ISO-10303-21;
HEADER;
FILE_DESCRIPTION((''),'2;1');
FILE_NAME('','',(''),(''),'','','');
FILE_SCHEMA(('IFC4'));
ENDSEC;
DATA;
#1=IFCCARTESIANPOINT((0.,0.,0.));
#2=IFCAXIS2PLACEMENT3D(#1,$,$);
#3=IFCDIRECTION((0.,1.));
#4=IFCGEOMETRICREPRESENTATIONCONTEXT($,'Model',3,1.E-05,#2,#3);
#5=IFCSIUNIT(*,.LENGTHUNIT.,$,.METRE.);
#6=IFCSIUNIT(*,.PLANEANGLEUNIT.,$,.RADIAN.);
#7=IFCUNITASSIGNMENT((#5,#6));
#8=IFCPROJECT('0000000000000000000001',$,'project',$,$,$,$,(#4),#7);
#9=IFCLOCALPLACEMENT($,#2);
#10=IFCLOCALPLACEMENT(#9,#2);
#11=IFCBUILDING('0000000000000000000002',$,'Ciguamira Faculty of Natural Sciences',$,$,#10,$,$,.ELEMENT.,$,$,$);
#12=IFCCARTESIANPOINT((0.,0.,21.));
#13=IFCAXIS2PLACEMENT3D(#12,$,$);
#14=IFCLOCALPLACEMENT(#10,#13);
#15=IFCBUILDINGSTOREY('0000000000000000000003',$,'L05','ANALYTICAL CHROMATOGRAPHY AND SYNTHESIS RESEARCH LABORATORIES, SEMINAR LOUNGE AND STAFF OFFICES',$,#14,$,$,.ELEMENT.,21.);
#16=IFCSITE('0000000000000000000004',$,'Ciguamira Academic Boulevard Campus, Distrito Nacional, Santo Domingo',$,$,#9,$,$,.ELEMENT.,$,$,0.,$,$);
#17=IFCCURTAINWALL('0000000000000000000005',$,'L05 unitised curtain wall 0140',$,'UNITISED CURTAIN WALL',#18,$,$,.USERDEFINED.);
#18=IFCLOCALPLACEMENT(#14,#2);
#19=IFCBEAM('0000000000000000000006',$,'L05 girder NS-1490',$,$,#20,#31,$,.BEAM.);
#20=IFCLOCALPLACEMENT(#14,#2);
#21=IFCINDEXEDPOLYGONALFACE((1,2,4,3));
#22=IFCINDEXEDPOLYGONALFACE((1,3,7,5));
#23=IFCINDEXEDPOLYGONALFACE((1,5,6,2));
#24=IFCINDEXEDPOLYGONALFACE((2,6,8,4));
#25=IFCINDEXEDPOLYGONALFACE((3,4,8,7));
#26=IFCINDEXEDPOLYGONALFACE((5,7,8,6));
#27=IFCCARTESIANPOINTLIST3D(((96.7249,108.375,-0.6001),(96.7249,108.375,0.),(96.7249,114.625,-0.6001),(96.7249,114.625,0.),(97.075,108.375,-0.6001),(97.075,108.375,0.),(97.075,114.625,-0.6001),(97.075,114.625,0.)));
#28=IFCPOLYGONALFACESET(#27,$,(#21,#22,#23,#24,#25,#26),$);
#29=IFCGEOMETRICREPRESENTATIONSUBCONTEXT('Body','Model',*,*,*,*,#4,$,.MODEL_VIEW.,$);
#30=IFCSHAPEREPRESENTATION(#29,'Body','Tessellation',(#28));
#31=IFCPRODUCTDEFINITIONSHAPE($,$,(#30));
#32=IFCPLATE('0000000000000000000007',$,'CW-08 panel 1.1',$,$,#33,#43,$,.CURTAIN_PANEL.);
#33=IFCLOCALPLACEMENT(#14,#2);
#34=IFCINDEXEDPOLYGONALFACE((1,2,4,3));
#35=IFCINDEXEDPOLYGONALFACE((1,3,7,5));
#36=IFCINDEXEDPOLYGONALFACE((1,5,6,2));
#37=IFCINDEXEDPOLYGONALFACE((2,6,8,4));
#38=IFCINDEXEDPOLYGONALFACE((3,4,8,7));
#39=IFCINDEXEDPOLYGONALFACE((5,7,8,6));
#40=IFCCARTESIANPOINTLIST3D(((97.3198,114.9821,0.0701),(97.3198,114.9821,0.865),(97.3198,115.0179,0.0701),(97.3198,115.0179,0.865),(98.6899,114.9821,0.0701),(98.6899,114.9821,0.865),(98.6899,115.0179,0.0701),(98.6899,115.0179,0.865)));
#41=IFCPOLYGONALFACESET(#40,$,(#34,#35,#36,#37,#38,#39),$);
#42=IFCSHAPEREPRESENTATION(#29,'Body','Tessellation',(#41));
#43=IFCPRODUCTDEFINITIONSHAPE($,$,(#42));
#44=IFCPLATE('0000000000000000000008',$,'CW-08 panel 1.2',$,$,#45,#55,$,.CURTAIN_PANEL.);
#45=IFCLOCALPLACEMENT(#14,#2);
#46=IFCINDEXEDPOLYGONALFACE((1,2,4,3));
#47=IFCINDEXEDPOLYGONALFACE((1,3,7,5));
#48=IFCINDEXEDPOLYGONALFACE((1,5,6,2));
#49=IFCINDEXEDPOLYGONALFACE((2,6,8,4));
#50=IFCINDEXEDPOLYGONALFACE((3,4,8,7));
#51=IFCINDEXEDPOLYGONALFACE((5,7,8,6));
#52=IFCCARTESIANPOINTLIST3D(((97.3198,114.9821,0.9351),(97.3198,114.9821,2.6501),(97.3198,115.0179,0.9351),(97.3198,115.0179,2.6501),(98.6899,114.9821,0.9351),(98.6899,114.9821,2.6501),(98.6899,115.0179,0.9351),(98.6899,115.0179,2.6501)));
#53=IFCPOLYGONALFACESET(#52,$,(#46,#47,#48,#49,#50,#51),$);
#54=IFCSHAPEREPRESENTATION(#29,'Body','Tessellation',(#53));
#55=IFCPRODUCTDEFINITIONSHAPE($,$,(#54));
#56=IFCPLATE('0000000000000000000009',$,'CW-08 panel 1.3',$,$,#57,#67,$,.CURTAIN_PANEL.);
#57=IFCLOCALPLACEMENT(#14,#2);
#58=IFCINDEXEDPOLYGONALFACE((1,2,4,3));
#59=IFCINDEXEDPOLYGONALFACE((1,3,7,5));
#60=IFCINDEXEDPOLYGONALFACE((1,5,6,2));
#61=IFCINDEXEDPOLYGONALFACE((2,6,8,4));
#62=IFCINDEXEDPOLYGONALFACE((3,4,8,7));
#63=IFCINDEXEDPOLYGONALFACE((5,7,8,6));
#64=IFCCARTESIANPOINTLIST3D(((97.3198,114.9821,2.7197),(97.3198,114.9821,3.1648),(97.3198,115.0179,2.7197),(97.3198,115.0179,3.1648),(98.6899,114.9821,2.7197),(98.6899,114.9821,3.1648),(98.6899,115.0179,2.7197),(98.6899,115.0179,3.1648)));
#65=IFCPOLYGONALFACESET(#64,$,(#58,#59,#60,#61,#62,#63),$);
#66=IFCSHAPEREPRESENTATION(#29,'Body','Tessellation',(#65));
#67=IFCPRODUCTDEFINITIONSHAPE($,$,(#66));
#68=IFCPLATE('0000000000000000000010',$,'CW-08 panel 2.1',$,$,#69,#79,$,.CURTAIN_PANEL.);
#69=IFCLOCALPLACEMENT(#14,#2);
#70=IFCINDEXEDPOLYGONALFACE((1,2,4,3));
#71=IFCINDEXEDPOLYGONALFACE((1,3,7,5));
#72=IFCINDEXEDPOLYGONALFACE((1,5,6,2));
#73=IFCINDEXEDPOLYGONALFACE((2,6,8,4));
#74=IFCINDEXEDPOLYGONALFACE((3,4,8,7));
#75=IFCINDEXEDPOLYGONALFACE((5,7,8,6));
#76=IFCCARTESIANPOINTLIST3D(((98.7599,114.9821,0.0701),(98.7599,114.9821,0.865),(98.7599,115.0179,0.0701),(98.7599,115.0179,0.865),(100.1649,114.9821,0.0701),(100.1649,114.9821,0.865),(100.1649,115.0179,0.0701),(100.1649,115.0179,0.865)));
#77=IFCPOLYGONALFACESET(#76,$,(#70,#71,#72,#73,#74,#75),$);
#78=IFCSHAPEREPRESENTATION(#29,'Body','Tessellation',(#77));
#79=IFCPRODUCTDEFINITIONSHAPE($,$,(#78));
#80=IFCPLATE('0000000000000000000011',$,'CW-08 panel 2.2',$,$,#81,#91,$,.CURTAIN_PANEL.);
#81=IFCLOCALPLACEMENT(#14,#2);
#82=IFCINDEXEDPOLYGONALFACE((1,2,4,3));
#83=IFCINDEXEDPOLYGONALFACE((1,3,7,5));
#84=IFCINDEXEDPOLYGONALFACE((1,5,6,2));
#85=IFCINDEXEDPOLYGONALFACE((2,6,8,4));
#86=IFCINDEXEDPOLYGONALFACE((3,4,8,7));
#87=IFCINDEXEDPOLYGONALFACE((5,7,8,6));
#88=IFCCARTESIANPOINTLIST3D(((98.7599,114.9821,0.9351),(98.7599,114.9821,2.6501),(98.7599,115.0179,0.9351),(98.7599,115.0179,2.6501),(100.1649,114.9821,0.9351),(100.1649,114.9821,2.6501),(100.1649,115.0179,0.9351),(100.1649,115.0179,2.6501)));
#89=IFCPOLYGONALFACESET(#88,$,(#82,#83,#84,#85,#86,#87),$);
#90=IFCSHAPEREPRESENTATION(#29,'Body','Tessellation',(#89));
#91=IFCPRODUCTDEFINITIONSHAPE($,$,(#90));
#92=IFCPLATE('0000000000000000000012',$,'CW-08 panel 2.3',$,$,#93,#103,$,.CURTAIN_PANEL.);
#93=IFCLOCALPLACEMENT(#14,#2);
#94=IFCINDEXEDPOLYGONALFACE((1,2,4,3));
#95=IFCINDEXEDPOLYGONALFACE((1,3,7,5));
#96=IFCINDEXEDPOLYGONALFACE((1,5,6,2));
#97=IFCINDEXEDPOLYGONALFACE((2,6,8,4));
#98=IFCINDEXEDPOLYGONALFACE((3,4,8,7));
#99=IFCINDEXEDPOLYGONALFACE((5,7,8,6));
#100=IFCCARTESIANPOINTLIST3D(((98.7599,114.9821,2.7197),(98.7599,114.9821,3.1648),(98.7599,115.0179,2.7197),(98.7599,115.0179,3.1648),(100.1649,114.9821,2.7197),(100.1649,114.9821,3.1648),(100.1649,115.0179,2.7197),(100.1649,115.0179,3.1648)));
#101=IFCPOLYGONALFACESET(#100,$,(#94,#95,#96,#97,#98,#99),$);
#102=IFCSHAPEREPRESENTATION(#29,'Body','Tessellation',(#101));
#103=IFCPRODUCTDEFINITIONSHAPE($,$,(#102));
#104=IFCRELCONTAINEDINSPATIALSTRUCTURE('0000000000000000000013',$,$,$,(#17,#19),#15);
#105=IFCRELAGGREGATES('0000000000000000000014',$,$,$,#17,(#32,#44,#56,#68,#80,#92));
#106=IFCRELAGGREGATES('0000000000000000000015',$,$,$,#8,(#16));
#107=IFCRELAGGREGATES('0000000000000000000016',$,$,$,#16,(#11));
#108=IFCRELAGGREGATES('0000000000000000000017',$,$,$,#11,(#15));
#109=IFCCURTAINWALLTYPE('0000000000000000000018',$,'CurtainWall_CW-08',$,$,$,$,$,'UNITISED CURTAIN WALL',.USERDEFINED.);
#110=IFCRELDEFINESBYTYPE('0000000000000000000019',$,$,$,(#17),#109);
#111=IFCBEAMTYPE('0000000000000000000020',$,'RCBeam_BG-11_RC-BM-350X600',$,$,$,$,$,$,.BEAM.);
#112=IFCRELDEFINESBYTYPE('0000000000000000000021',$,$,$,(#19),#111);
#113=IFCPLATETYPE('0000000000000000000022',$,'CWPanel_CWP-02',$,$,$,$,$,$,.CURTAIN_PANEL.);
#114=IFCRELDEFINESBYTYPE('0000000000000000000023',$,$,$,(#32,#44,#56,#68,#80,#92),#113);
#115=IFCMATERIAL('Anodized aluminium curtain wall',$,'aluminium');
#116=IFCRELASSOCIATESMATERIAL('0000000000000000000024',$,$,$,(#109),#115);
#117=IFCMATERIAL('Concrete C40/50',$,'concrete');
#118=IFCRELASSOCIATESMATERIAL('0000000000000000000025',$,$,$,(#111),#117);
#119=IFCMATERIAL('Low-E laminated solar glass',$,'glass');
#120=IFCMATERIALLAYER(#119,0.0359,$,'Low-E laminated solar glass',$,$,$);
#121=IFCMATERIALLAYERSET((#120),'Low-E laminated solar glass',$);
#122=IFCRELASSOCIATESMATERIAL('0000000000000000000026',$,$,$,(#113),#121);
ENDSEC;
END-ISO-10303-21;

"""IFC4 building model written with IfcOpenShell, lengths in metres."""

from ifc_helpers import new_model, si_unit, direction, frame, origin, origin_2d, place, context, subcontext, project, spatial, rectangle, extrude, material, layer, layer_set, material_profile, profile_set, type_object, element, aggregate, save


model = new_model("IFC4")

# Units and contexts
model_context = context("Model", 3, precision=1e-05, world=origin(), true_north=direction((0.0, 1.0)))
body_context = subcontext(model_context, "Body", "Model", "MODEL_VIEW")
ifc_project = project(units=[si_unit("LENGTHUNIT", "METRE"), si_unit("PLANEANGLEUNIT", "RADIAN")], contexts=[model_context])

# Site, building, storey
site_placement = place(None, origin())
site = spatial("IfcSite", under=ifc_project, at=site_placement, Name="Ciguamira Academic Boulevard Campus, Distrito Nacional, Santo Domingo", CompositionType="ELEMENT", RefElevation=0.0)
building_placement = place(site_placement, origin())
building = spatial("IfcBuilding", under=site, at=building_placement, Name="Ciguamira Faculty of Natural Sciences", CompositionType="ELEMENT")
storey_placement = place(building_placement, frame((0.0, 0.0, 21.0)))
storey = spatial("IfcBuildingStorey", under=building, at=storey_placement, Name="L05", Description="ANALYTICAL CHROMATOGRAPHY AND SYNTHESIS RESEARCH LABORATORIES, SEMINAR LOUNGE AND STAFF OFFICES", CompositionType="ELEMENT", Elevation=21.0)

# Shared definitions
ifc_material_1 = material(Name="Concrete C40/50", Category="concrete")

# Curtain wall
ifc_material_2 = material(Name="Anodized aluminium curtain wall", Category="aluminium")
curtain_wall_type = type_object("IfcCurtainWallType", Name="CurtainWall_CW-08", ElementType="UNITISED CURTAIN WALL", PredefinedType="USERDEFINED", material=ifc_material_2)
curtain_wall_placement = place(storey_placement, origin())
curtain_wall = element("IfcCurtainWall", 1, at=curtain_wall_placement, inside=storey, type_object=curtain_wall_type, Name="L05 unitised curtain wall 0140", ObjectType="UNITISED CURTAIN WALL", PredefinedType="USERDEFINED")

# Beam
ifc_material_profile_1 = material_profile(ifc_material_1, rectangle(XDim=0.3501, YDim=0.6001, at=origin_2d()), Name="RC-BM-350X600")
ifc_profile_set_1 = profile_set([ifc_material_profile_1], Name="Concrete C40/50")
beam_type_1 = type_object("IfcBeamType", Name="RCBeam_BG-11_RC-BM-350X600", PredefinedType="BEAM", material=ifc_profile_set_1)
beam_1_placement = place(storey_placement, frame((96.8999, 108.375, -0.3), z_axis=(0.0, 1.0, 0.0), x_axis=(-1.0, 0.0, 0.0)))
element("IfcBeam", 2, at=beam_1_placement, inside=storey, type_object=beam_type_1, Name="L05 girder NS-1490", PredefinedType="BEAM", context=body_context, shape_type="SweptSolid", body=[
    extrude(rectangle(XDim=0.3501, YDim=0.6001, at=origin_2d()), origin(), (0.0, 0.0, 1.0), 6.25),
])

# Plates
ifc_material_3 = material(Name="Low-E laminated solar glass", Category="glass")
ifc_layer = layer(ifc_material_3, 0.0359, Name="Low-E laminated solar glass")
ifc_layer_set = layer_set([ifc_layer], Name="Low-E laminated solar glass")
plate_type = type_object("IfcPlateType", Name="CWPanel_CWP-02", PredefinedType="CURTAIN_PANEL", material=ifc_layer_set)
plate_1_placement = place(storey_placement, frame((98.0049, 115.0, 0.0701), z_axis=(0.0, 0.0, 1.0), x_axis=(1.0, 0.0, 0.0)))
plate_1 = element("IfcPlate", 3, at=plate_1_placement, type_object=plate_type, Name="CW-08 panel 1.1", PredefinedType="CURTAIN_PANEL", context=body_context, shape_type="SweptSolid", body=[
    extrude(rectangle(XDim=1.3701, YDim=0.0359, at=origin_2d()), origin(), (0.0, 0.0, 1.0), 0.7949),
])
plate_2_placement = place(storey_placement, frame((98.0049, 115.0, 0.9351), z_axis=(0.0, 0.0, 1.0), x_axis=(1.0, 0.0, 0.0)))
plate_2 = element("IfcPlate", 4, at=plate_2_placement, type_object=plate_type, Name="CW-08 panel 1.2", PredefinedType="CURTAIN_PANEL", context=body_context, shape_type="SweptSolid", body=[
    extrude(rectangle(XDim=1.3701, YDim=0.0359, at=origin_2d()), origin(), (0.0, 0.0, 1.0), 1.7151),
])
plate_3_placement = place(storey_placement, frame((98.0049, 115.0, 2.7197), z_axis=(0.0, 0.0, 1.0), x_axis=(1.0, 0.0, 0.0)))
plate_3 = element("IfcPlate", 5, at=plate_3_placement, type_object=plate_type, Name="CW-08 panel 1.3", PredefinedType="CURTAIN_PANEL", context=body_context, shape_type="SweptSolid", body=[
    extrude(rectangle(XDim=1.3701, YDim=0.0359, at=origin_2d()), origin(), (0.0, 0.0, 1.0), 0.4451),
])
plate_4_placement = place(storey_placement, frame((99.4624, 115.0, 0.0701), z_axis=(0.0, 0.0, 1.0), x_axis=(1.0, 0.0, 0.0)))
plate_4 = element("IfcPlate", 6, at=plate_4_placement, type_object=plate_type, Name="CW-08 panel 2.1", PredefinedType="CURTAIN_PANEL", context=body_context, shape_type="SweptSolid", body=[
    extrude(rectangle(XDim=1.405, YDim=0.0359, at=origin_2d()), origin(), (0.0, 0.0, 1.0), 0.7949),
])
plate_5_placement = place(storey_placement, frame((99.4624, 115.0, 0.9351), z_axis=(0.0, 0.0, 1.0), x_axis=(1.0, 0.0, 0.0)))
plate_5 = element("IfcPlate", 7, at=plate_5_placement, type_object=plate_type, Name="CW-08 panel 2.2", PredefinedType="CURTAIN_PANEL", context=body_context, shape_type="SweptSolid", body=[
    extrude(rectangle(XDim=1.405, YDim=0.0359, at=origin_2d()), origin(), (0.0, 0.0, 1.0), 1.7151),
])
plate_6_placement = place(storey_placement, frame((99.4624, 115.0, 2.7197), z_axis=(0.0, 0.0, 1.0), x_axis=(1.0, 0.0, 0.0)))
plate_6 = element("IfcPlate", 8, at=plate_6_placement, type_object=plate_type, Name="CW-08 panel 2.3", PredefinedType="CURTAIN_PANEL", context=body_context, shape_type="SweptSolid", body=[
    extrude(rectangle(XDim=1.405, YDim=0.0359, at=origin_2d()), origin(), (0.0, 0.0, 1.0), 0.4451),
])
aggregate(curtain_wall, [plate_1, plate_2, plate_3, plate_4, plate_5, plate_6])

save(model, "model.ifc")
